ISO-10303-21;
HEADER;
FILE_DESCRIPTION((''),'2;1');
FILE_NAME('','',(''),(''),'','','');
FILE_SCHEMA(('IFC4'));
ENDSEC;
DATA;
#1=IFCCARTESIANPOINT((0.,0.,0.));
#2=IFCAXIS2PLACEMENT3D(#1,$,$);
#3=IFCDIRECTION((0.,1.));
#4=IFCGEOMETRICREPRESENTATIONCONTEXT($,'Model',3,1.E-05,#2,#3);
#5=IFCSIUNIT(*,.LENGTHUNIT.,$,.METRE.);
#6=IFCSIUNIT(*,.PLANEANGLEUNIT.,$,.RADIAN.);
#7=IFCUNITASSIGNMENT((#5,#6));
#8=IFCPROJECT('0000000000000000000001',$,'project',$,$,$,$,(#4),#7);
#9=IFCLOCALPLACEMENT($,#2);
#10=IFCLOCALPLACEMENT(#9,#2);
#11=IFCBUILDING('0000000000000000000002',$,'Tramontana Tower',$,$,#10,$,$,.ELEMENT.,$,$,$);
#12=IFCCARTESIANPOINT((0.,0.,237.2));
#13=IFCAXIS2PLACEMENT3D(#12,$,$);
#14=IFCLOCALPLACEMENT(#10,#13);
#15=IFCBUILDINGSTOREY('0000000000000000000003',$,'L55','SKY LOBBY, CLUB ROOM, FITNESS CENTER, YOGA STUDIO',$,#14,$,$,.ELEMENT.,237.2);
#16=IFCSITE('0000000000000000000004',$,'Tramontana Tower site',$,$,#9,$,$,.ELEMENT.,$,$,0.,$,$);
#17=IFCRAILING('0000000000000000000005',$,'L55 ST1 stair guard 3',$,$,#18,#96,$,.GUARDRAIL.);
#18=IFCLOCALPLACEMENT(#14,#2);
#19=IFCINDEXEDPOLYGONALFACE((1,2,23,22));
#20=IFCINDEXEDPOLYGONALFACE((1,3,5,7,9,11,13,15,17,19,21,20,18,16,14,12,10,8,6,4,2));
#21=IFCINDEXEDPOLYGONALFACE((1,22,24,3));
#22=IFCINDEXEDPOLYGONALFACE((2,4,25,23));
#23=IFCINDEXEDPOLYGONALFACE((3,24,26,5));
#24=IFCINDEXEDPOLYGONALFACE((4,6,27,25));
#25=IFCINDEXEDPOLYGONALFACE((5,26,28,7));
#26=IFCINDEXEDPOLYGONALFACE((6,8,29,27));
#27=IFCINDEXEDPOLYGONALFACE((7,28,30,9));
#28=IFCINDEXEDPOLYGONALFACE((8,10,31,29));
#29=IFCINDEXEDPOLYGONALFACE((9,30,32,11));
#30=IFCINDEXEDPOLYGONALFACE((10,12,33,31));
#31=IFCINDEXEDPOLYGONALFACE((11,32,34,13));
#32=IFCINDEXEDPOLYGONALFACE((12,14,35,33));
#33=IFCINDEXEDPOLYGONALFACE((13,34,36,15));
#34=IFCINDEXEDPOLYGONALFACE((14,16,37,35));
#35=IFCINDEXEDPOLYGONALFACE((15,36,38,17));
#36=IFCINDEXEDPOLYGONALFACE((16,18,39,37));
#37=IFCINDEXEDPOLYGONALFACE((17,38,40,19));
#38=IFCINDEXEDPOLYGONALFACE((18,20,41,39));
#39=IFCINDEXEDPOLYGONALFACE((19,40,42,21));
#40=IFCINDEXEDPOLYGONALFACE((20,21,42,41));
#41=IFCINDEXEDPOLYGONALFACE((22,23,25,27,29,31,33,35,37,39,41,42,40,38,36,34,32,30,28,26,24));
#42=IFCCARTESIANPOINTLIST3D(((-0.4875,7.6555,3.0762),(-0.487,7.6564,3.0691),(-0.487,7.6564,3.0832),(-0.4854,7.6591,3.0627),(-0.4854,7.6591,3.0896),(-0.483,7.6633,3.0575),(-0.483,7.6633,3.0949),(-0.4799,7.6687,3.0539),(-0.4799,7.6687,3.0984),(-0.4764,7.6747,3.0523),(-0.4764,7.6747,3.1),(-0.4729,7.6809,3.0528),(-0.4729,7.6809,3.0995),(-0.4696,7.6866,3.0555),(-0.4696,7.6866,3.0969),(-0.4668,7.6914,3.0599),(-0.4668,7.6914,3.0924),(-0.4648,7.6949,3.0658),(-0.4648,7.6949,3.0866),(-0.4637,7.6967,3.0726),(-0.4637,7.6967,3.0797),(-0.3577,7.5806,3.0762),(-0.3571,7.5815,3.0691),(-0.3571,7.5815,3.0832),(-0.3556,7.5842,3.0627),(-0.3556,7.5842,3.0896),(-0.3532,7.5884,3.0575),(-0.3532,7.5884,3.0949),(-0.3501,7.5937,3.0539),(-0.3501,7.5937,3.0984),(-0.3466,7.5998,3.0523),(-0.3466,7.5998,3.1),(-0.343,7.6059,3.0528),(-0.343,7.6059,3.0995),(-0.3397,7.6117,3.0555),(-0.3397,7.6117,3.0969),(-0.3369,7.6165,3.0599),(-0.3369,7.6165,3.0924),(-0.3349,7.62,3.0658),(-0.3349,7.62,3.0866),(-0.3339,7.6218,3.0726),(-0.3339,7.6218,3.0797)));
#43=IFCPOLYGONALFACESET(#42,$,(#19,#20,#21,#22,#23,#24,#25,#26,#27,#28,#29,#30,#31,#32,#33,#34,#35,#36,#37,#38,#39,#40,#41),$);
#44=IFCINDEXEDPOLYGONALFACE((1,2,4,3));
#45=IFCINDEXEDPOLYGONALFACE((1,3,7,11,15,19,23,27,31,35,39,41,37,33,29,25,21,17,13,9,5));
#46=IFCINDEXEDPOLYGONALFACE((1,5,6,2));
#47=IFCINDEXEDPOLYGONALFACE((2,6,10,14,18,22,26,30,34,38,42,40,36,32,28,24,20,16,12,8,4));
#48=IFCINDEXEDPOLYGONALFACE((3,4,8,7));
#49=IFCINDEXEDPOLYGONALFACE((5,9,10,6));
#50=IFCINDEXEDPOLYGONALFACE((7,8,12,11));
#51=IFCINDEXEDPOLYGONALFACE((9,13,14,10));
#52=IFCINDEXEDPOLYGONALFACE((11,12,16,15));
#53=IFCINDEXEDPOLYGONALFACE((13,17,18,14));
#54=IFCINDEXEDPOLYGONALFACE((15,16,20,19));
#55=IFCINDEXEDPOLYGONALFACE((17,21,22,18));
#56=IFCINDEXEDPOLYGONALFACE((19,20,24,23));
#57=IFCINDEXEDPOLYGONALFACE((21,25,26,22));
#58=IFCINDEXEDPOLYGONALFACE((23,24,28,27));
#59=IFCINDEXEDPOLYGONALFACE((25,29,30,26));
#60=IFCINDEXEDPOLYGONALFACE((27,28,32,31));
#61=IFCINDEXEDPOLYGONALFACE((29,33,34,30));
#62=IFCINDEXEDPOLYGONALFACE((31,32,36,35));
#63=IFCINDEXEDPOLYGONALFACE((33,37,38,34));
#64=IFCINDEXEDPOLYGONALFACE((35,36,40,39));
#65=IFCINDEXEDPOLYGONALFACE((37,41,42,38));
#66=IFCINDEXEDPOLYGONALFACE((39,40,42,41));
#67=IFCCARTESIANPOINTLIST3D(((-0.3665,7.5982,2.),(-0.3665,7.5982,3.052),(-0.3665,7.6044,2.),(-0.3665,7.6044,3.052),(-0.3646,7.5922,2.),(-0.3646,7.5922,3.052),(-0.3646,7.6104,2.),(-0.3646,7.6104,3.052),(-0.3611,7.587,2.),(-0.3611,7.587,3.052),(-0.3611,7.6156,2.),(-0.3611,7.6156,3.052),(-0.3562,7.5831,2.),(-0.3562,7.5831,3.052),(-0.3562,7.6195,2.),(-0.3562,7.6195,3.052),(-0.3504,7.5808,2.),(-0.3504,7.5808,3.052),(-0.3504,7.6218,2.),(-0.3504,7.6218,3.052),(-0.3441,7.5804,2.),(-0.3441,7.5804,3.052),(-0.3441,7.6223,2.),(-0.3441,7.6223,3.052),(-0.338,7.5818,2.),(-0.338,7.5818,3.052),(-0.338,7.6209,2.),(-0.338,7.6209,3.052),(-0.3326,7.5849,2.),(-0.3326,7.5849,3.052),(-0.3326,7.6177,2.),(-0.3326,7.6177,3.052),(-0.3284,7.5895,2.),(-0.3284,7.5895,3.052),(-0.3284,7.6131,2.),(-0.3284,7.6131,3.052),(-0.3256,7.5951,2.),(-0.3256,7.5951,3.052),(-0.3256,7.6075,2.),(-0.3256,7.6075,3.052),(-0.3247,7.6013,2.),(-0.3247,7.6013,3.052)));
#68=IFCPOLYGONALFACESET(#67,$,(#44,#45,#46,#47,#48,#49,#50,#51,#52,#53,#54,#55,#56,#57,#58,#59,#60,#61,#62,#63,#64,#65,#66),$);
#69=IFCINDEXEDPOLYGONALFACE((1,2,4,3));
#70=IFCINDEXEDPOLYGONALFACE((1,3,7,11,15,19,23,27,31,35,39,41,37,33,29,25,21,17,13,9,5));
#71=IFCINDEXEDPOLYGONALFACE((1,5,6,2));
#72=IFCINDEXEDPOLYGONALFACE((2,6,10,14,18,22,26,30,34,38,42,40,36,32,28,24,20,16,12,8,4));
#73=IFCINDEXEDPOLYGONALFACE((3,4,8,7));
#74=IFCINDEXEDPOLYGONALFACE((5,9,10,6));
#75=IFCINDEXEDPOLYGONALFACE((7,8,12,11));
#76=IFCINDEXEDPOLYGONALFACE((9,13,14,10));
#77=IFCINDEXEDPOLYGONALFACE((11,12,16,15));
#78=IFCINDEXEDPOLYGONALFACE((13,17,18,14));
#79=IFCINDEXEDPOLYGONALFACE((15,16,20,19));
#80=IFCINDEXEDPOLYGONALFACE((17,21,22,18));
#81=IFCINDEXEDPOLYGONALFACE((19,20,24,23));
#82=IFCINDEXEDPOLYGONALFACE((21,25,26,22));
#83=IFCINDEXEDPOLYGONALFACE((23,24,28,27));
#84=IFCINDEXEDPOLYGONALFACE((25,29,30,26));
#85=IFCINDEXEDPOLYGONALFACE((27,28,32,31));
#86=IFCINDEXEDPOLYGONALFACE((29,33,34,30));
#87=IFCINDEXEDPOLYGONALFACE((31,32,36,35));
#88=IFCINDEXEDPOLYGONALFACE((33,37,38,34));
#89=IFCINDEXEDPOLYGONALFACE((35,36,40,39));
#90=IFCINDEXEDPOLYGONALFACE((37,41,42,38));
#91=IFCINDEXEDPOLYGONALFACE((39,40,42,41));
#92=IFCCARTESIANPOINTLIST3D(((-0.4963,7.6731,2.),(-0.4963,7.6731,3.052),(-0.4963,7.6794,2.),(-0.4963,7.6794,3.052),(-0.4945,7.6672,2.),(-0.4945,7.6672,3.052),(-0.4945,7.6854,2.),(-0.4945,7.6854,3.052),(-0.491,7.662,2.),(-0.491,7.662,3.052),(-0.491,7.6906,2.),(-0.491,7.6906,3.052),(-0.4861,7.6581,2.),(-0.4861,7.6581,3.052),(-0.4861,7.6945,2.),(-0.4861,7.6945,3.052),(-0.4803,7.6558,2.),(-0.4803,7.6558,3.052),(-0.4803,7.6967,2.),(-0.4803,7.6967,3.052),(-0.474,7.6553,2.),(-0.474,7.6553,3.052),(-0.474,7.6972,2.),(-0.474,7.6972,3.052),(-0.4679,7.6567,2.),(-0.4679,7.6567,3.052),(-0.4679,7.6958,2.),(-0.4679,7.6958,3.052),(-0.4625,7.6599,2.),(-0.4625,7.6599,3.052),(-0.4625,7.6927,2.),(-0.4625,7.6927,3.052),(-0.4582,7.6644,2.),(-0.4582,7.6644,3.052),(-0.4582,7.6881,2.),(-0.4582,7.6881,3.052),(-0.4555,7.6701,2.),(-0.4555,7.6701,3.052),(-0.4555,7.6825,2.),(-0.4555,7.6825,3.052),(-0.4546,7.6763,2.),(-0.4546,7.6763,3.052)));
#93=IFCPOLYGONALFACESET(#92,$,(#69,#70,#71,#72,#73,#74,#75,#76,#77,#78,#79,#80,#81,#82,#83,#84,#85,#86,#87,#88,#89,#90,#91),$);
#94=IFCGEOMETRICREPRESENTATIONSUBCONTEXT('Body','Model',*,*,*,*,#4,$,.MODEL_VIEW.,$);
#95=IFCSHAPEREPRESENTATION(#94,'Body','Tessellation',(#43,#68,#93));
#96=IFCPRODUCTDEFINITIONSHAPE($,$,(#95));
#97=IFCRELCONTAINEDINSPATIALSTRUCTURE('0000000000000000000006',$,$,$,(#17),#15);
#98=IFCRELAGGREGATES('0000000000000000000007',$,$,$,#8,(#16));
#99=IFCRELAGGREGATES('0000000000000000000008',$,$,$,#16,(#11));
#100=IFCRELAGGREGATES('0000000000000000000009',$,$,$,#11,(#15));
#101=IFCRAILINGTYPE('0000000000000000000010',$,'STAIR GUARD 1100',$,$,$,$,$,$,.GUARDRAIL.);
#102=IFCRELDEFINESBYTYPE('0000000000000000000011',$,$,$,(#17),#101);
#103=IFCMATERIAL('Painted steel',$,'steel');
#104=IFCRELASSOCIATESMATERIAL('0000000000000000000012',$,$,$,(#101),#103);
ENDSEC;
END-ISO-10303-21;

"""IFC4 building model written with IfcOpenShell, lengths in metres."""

from ifc_helpers import new_model, si_unit, direction, frame, origin, origin_2d, place, context, subcontext, project, spatial, circle, extrude, material, type_object, element, save


model = new_model("IFC4")

# Units and contexts
model_context = context("Model", 3, precision=1e-05, world=origin(), true_north=direction((0.0, 1.0)))
body_context = subcontext(model_context, "Body", "Model", "MODEL_VIEW")
ifc_project = project(units=[si_unit("LENGTHUNIT", "METRE"), si_unit("PLANEANGLEUNIT", "RADIAN")], contexts=[model_context])

# Site, building, storey
site_placement = place(None, origin())
site = spatial("IfcSite", under=ifc_project, at=site_placement, Name="Tramontana Tower site", CompositionType="ELEMENT", RefElevation=0.0)
building_placement = place(site_placement, origin())
building = spatial("IfcBuilding", under=site, at=building_placement, Name="Tramontana Tower", CompositionType="ELEMENT")
storey_placement = place(building_placement, frame((0.0, 0.0, 237.2)))
storey = spatial("IfcBuildingStorey", under=building, at=storey_placement, Name="L55", Description="SKY LOBBY, CLUB ROOM, FITNESS CENTER, YOGA STUDIO", CompositionType="ELEMENT", Elevation=237.2)

# Railing
ifc_material_1 = material(Name="Painted steel", Category="steel")
railing_type = type_object("IfcRailingType", Name="STAIR GUARD 1100", PredefinedType="GUARDRAIL", material=ifc_material_1)
railing_1_placement = place(storey_placement, frame((-0.3457, 7.6013, 2.0)))
element("IfcRailing", 1, at=railing_1_placement, inside=storey, type_object=railing_type, Name="L55 ST1 stair guard 3", PredefinedType="GUARDRAIL", context=body_context, shape_type="SweptSolid", body=[
    extrude(circle(Radius=0.0239, at=origin_2d()), frame((0.0, 0.0, 1.0762), z_axis=(-0.866131, 0.499816, 0.0), x_axis=(-0.499816, -0.866131, 0.0)), (0.0, 0.0, 1.0), 0.1499),
    extrude(circle(Radius=0.021, at=origin_2d()), origin(), (0.0, 0.0, 1.0), 1.052),
    extrude(circle(Radius=0.021, at=origin_2d()), frame((-0.1299, 0.075, 0.0)), (0.0, 0.0, 1.0), 1.052),
])

save(model, "model.ifc")
